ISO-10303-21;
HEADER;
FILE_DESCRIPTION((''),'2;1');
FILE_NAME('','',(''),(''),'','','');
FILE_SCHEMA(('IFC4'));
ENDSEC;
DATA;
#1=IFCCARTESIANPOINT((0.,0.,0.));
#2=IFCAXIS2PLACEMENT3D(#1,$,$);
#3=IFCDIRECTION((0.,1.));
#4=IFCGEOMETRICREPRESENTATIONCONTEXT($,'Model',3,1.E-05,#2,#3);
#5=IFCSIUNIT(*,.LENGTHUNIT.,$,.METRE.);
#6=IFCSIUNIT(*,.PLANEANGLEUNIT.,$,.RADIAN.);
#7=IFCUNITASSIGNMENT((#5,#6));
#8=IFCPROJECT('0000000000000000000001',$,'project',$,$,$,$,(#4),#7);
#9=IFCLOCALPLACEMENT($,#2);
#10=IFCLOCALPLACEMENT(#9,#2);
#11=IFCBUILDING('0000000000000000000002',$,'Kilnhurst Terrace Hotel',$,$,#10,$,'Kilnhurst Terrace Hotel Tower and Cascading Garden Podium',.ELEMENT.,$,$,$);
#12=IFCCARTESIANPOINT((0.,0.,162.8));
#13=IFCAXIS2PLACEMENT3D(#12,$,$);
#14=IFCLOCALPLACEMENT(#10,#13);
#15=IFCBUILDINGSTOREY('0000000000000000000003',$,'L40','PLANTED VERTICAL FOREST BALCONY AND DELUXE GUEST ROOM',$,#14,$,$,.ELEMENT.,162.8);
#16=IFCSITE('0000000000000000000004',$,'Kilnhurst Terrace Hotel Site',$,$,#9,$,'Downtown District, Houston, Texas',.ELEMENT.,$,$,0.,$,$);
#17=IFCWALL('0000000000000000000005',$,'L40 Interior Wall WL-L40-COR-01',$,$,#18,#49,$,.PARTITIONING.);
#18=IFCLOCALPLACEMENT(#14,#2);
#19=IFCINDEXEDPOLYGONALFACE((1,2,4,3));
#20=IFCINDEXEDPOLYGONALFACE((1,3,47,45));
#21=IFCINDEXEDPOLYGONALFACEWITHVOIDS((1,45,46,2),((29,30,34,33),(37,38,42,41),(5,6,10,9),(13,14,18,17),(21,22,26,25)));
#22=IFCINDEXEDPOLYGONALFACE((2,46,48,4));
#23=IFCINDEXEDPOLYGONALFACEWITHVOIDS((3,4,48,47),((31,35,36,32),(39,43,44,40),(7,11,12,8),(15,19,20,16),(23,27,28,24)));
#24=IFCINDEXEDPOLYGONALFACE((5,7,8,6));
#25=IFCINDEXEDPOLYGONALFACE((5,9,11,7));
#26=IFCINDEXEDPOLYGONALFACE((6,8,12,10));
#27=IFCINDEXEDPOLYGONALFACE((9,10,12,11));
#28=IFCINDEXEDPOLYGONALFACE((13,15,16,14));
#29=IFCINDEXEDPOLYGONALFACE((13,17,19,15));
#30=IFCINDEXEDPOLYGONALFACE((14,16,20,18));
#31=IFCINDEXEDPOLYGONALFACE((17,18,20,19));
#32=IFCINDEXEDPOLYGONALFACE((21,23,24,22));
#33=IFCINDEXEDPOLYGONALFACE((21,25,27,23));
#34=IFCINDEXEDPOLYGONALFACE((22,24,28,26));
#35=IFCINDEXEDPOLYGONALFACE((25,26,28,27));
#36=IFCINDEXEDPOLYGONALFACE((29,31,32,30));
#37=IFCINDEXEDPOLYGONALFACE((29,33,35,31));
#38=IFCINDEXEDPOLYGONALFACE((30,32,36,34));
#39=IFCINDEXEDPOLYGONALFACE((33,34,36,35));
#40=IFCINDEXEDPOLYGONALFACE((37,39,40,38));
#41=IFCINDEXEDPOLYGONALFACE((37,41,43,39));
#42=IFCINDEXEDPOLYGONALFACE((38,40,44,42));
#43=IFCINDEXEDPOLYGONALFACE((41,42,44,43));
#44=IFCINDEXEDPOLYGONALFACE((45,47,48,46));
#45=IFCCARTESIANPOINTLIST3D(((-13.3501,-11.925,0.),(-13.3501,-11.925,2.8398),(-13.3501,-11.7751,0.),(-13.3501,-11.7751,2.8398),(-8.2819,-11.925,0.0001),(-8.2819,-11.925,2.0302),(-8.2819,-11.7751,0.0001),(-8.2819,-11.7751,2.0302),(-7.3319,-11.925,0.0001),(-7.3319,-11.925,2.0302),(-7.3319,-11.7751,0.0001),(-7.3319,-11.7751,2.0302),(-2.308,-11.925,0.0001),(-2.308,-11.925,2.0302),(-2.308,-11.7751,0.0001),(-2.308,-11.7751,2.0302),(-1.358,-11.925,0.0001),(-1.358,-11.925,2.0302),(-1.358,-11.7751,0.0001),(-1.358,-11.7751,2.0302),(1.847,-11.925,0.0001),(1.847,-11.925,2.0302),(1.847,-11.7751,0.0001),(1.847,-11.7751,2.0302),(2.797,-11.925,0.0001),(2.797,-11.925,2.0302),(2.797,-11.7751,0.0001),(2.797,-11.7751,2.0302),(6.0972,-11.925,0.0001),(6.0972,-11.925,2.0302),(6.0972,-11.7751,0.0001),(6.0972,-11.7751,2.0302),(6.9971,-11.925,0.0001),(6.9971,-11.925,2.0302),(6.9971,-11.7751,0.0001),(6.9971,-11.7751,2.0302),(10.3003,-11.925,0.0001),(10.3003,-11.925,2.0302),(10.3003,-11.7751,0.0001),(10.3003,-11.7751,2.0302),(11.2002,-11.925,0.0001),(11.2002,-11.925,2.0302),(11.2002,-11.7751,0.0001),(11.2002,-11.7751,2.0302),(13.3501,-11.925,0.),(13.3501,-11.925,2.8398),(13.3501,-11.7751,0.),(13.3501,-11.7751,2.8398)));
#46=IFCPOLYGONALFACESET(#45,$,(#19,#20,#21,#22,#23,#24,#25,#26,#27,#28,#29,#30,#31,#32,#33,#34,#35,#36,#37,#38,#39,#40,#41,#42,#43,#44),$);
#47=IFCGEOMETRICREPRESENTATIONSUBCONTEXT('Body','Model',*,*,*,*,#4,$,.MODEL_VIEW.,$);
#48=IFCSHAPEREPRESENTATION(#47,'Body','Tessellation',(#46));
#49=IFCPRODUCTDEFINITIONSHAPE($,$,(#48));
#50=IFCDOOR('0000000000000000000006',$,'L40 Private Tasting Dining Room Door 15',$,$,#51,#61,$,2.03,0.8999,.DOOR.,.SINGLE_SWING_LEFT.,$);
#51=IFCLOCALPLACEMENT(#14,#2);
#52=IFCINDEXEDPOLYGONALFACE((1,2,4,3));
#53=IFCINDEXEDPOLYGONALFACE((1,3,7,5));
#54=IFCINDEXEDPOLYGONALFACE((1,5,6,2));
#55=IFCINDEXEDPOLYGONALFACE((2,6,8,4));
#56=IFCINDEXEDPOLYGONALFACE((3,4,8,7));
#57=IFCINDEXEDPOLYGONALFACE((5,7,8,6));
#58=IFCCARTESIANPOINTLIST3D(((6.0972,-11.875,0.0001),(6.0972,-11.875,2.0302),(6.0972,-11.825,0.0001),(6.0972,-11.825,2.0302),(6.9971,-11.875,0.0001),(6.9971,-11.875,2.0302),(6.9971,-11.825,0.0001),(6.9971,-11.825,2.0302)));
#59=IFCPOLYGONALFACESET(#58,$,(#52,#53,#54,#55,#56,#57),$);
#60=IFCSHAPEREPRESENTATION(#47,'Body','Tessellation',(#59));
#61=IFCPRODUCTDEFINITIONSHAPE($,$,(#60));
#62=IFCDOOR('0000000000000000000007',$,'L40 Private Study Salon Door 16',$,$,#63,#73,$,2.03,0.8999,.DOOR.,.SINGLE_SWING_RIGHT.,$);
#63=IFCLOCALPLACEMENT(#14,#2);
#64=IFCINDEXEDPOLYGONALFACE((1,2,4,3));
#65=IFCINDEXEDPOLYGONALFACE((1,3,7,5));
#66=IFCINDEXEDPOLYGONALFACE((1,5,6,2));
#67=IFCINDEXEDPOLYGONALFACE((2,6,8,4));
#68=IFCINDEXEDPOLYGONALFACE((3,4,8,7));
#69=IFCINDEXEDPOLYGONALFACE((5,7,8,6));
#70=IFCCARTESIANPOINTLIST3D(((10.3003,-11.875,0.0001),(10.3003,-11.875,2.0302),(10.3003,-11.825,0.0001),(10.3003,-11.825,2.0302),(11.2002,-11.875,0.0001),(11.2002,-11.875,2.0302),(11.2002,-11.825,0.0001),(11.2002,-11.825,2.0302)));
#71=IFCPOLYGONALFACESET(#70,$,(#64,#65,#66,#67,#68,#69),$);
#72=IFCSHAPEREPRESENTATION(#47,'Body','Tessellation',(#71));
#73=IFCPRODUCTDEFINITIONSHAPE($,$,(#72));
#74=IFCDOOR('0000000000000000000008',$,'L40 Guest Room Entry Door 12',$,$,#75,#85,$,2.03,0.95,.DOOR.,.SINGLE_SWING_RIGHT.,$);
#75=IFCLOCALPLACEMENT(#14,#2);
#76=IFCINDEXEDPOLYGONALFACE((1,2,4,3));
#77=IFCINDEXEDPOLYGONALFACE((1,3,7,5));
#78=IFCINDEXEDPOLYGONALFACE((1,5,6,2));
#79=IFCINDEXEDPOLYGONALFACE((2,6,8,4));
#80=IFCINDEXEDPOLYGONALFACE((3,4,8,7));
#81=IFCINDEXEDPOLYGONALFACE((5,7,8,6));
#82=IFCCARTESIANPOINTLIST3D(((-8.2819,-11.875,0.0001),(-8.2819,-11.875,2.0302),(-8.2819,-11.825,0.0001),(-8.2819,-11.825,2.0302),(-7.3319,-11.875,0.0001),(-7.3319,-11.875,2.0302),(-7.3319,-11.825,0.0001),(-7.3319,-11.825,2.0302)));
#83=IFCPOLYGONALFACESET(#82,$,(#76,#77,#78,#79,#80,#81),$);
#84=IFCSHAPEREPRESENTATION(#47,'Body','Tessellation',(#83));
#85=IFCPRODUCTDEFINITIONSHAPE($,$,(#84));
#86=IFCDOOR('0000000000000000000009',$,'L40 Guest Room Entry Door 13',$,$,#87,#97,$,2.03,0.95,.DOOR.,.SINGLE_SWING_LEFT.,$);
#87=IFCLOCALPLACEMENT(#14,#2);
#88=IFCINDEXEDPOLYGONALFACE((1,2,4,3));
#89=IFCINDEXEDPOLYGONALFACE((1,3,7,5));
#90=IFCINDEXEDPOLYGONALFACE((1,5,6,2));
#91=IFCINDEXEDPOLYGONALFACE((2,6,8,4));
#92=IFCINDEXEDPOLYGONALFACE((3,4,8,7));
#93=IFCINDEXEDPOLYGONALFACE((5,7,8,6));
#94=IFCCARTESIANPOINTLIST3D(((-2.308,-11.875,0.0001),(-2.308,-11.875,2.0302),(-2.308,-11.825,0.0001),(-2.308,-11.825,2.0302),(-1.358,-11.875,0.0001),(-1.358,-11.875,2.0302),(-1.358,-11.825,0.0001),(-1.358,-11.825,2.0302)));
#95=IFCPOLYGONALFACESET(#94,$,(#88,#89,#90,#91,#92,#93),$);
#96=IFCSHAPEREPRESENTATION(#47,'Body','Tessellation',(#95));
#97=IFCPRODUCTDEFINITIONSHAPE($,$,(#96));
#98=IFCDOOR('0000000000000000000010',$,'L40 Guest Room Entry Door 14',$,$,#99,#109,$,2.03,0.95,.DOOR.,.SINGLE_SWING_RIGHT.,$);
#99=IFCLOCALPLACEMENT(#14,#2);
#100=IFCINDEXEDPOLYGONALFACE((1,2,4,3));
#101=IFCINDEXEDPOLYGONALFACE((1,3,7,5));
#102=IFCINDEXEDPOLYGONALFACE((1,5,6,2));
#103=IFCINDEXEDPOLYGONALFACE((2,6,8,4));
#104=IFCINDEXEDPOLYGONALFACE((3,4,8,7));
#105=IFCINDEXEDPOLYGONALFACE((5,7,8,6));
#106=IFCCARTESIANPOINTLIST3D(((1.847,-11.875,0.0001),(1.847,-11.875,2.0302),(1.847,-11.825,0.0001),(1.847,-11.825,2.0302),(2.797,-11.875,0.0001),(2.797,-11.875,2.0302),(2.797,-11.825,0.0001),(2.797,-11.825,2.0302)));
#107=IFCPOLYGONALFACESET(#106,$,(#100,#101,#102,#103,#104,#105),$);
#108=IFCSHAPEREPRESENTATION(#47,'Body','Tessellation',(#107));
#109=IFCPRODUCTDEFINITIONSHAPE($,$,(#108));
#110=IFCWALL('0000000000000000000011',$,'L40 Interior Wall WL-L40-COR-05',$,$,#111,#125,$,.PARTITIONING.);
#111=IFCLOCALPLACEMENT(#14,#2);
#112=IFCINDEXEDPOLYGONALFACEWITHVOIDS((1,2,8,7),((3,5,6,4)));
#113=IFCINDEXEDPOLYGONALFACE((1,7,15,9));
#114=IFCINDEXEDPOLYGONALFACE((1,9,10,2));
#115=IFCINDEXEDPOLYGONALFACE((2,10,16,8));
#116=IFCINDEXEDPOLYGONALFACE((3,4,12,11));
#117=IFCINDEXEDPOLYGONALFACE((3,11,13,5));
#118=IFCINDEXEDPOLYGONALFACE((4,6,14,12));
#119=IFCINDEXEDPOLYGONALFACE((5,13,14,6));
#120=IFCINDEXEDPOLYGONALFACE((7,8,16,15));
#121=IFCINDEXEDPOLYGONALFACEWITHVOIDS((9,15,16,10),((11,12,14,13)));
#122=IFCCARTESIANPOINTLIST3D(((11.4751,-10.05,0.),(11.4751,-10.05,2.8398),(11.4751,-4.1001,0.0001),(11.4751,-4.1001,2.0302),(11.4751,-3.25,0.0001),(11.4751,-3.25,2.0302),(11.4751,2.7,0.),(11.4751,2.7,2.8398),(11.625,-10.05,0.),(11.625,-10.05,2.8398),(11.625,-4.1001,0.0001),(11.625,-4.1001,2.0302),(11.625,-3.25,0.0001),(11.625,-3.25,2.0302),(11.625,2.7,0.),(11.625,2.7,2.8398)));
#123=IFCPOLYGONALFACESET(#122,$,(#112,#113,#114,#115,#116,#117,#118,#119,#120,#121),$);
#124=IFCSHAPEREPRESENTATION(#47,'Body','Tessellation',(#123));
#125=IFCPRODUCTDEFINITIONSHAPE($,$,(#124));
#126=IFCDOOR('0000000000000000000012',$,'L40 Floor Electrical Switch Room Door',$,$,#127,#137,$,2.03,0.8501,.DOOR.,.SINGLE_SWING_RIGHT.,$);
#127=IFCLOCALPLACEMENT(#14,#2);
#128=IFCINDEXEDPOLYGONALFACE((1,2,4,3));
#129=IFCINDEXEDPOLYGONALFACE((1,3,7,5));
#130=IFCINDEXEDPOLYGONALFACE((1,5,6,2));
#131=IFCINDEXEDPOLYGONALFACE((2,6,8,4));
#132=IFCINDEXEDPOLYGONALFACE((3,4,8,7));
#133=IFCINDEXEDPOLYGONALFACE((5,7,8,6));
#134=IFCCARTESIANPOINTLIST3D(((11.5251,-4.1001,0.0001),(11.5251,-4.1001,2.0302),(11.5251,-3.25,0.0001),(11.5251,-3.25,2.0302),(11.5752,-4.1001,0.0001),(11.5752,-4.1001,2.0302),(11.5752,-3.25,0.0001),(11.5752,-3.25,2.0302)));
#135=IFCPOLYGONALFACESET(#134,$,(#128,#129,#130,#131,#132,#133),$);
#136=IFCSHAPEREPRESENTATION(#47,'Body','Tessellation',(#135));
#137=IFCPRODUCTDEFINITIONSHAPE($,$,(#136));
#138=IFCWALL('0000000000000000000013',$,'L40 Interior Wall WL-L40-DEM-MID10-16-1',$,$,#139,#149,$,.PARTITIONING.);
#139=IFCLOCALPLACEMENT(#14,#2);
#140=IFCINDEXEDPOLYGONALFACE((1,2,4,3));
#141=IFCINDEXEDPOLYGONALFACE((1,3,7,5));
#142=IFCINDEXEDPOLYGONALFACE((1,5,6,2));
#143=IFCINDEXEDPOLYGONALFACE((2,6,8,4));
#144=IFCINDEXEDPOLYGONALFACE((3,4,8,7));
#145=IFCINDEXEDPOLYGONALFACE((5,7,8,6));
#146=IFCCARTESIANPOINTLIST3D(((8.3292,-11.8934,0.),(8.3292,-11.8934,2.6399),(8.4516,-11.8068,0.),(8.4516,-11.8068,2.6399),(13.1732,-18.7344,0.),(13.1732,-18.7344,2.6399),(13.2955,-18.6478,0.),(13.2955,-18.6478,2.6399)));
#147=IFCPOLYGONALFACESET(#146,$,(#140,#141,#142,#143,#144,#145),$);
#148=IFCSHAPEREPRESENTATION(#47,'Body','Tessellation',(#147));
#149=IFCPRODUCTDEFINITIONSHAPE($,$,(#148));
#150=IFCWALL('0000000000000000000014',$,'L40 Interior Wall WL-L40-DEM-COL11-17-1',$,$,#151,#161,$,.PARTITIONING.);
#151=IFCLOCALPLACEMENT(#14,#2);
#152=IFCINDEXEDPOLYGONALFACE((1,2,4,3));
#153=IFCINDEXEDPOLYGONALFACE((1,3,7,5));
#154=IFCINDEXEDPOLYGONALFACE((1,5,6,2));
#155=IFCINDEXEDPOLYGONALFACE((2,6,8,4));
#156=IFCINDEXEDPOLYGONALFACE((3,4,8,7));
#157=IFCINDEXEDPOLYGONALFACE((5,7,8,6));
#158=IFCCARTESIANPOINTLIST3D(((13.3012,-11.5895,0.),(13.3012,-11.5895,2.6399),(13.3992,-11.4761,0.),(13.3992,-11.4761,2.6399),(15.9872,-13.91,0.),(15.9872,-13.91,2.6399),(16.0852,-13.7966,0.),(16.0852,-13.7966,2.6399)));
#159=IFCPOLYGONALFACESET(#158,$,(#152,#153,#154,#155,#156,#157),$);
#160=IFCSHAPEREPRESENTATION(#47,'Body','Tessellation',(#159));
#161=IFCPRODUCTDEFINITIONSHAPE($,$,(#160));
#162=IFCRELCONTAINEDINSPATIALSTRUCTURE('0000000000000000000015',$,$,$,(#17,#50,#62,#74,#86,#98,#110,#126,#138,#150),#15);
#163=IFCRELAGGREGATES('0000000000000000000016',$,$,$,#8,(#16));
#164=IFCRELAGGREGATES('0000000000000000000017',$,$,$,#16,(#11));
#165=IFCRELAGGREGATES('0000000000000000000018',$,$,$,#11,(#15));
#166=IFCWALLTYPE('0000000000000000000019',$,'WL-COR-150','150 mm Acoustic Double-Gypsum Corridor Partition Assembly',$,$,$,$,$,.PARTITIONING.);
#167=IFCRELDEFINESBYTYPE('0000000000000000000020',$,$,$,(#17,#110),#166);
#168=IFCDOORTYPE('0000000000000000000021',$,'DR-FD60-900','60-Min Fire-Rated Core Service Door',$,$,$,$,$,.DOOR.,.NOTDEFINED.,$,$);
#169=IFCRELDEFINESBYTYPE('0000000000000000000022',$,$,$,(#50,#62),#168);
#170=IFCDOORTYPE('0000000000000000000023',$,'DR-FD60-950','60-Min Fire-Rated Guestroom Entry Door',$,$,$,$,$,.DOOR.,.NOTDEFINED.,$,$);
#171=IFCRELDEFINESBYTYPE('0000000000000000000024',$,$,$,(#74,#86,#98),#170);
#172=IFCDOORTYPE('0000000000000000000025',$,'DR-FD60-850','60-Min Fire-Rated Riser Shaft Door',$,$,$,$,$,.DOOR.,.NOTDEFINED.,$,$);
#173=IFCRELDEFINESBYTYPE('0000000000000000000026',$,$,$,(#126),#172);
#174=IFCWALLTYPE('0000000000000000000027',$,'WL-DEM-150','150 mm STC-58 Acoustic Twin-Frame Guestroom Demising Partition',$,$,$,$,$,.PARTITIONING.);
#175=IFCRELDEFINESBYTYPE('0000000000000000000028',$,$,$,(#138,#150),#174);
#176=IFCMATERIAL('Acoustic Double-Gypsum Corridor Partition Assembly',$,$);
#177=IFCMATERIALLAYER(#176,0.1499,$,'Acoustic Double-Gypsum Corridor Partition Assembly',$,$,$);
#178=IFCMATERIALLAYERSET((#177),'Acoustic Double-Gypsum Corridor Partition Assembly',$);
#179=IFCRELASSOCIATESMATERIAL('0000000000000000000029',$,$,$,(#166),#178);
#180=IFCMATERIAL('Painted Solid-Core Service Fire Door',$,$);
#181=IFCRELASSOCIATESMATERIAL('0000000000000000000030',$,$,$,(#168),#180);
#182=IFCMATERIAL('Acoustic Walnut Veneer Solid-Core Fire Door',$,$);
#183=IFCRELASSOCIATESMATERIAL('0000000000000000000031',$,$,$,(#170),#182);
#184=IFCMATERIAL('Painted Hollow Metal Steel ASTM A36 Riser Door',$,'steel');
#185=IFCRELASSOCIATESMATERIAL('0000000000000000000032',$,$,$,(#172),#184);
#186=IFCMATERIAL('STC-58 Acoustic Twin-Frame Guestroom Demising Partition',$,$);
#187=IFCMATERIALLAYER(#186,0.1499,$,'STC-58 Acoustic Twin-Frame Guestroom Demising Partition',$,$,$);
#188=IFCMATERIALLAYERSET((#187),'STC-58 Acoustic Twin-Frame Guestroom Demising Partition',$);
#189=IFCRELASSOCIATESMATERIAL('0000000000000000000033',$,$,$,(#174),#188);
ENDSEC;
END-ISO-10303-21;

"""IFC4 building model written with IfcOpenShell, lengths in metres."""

from ifc_helpers import new_model, si_unit, direction, frame, frame_2d, origin, place, context, subcontext, project, spatial, rectangle, extrude, material, layer, layer_set, type_object, element, fill, save


model = new_model("IFC4")

# Units and contexts
model_context = context("Model", 3, precision=1e-05, world=origin(), true_north=direction((0.0, 1.0)))
body_context = subcontext(model_context, "Body", "Model", "MODEL_VIEW")
ifc_project = project(units=[si_unit("LENGTHUNIT", "METRE"), si_unit("PLANEANGLEUNIT", "RADIAN")], contexts=[model_context])

# Site, building, storey
site_placement = place(None, origin())
site = spatial("IfcSite", under=ifc_project, at=site_placement, Name="Kilnhurst Terrace Hotel Site", LongName="Downtown District, Houston, Texas", CompositionType="ELEMENT", RefElevation=0.0)
building_placement = place(site_placement, origin())
building = spatial("IfcBuilding", under=site, at=building_placement, Name="Kilnhurst Terrace Hotel", LongName="Kilnhurst Terrace Hotel Tower and Cascading Garden Podium", CompositionType="ELEMENT")
storey_placement = place(building_placement, frame((0.0, 0.0, 162.8)))
storey = spatial("IfcBuildingStorey", under=building, at=storey_placement, Name="L40", Description="PLANTED VERTICAL FOREST BALCONY AND DELUXE GUEST ROOM", CompositionType="ELEMENT", Elevation=162.8)

# Wall, openings, doors
ifc_material_1 = material(Name="Acoustic Double-Gypsum Corridor Partition Assembly")
ifc_layer_1 = layer(ifc_material_1, 0.1499, Name="Acoustic Double-Gypsum Corridor Partition Assembly")
ifc_layer_set_1 = layer_set([ifc_layer_1], Name="Acoustic Double-Gypsum Corridor Partition Assembly")
wall_type_1 = type_object("IfcWallType", Name="WL-COR-150", Description="150 mm Acoustic Double-Gypsum Corridor Partition Assembly", PredefinedType="PARTITIONING", material=ifc_layer_set_1)
wall_1_placement = place(storey_placement, frame((13.3501, -11.8501, 0.0), z_axis=(0.0, 0.0, 1.0), x_axis=(-1.0, 0.0, 0.0)))
wall_1 = element("IfcWall", 1, at=wall_1_placement, inside=storey, type_object=wall_type_1, Name="L40 Interior Wall WL-L40-COR-01", PredefinedType="PARTITIONING", context=body_context, shape_type="SweptSolid", body=[
    extrude(rectangle(XDim=26.7002, YDim=0.1499, at=frame_2d((13.3501, 0.0))), origin(), (0.0, 0.0, 1.0), 2.8398),
])
opening_1_placement = place(wall_1_placement, frame((20.6819, 0.0, 0.0)))
opening_1 = element("IfcOpeningElement", 2, at=opening_1_placement, cuts=wall_1, PredefinedType="OPENING", context=body_context, shape_type="SweptSolid", body=[
    extrude(rectangle(XDim=0.95, YDim=2.03, at=frame_2d((0.4751, 1.0151))), frame((0.0, 0.085, 0.0), z_axis=(0.0, -1.0, 0.0), x_axis=(1.0, 0.0, 0.0)), (0.0, 0.0, 1.0), 0.1699),
])
opening_2_placement = place(wall_1_placement, frame((14.708, 0.0, 0.0)))
opening_2 = element("IfcOpeningElement", 3, at=opening_2_placement, cuts=wall_1, PredefinedType="OPENING", context=body_context, shape_type="SweptSolid", body=[
    extrude(rectangle(XDim=0.95, YDim=2.03, at=frame_2d((0.4751, 1.0151))), frame((0.0, 0.085, 0.0), z_axis=(0.0, -1.0, 0.0), x_axis=(1.0, 0.0, 0.0)), (0.0, 0.0, 1.0), 0.1699),
])
opening_3_placement = place(wall_1_placement, frame((10.553, 0.0, 0.0)))
opening_3 = element("IfcOpeningElement", 4, at=opening_3_placement, cuts=wall_1, PredefinedType="OPENING", context=body_context, shape_type="SweptSolid", body=[
    extrude(rectangle(XDim=0.95, YDim=2.03, at=frame_2d((0.4751, 1.0151))), frame((0.0, 0.085, 0.0), z_axis=(0.0, -1.0, 0.0), x_axis=(1.0, 0.0, 0.0)), (0.0, 0.0, 1.0), 0.1699),
])
opening_4_placement = place(wall_1_placement, frame((6.353, 0.0, 0.0)))
opening_4 = element("IfcOpeningElement", 5, at=opening_4_placement, cuts=wall_1, PredefinedType="OPENING", context=body_context, shape_type="SweptSolid", body=[
    extrude(rectangle(XDim=0.8999, YDim=2.03, at=frame_2d((0.45, 1.0151))), frame((0.0, 0.085, 0.0), z_axis=(0.0, -1.0, 0.0), x_axis=(1.0, 0.0, 0.0)), (0.0, 0.0, 1.0), 0.1699),
])
opening_5_placement = place(wall_1_placement, frame((2.1499, 0.0, 0.0)))
opening_5 = element("IfcOpeningElement", 6, at=opening_5_placement, cuts=wall_1, PredefinedType="OPENING", context=body_context, shape_type="SweptSolid", body=[
    extrude(rectangle(XDim=0.8999, YDim=2.03, at=frame_2d((0.45, 1.0151))), frame((0.0, 0.085, 0.0), z_axis=(0.0, -1.0, 0.0), x_axis=(1.0, 0.0, 0.0)), (0.0, 0.0, 1.0), 0.1699),
])
ifc_material_2 = material(Name="Painted Solid-Core Service Fire Door")
door_type_1 = type_object("IfcDoorType", Name="DR-FD60-900", Description="60-Min Fire-Rated Core Service Door", OperationType="NOTDEFINED", PredefinedType="DOOR", material=ifc_material_2)
door_1_placement = place(opening_4_placement, origin())
door_1 = element("IfcDoor", 7, at=door_1_placement, inside=storey, type_object=door_type_1, Name="L40 Private Tasting Dining Room Door 15", OperationType="SINGLE_SWING_LEFT", OverallHeight=2.03, OverallWidth=0.8999, PredefinedType="DOOR", context=body_context, shape_type="SweptSolid", body=[
    extrude(rectangle(XDim=0.8999, YDim=2.03, at=frame_2d((0.45, 1.0151))), frame((0.0, 0.0249, 0.0), z_axis=(0.0, -1.0, 0.0), x_axis=(1.0, 0.0, 0.0)), (0.0, 0.0, 1.0), 0.05),
])
fill(opening_4, door_1)
door_2_placement = place(opening_5_placement, origin())
door_2 = element("IfcDoor", 8, at=door_2_placement, inside=storey, type_object=door_type_1, Name="L40 Private Study Salon Door 16", OperationType="SINGLE_SWING_RIGHT", OverallHeight=2.03, OverallWidth=0.8999, PredefinedType="DOOR", context=body_context, shape_type="SweptSolid", body=[
    extrude(rectangle(XDim=0.8999, YDim=2.03, at=frame_2d((0.45, 1.0151))), frame((0.0, 0.0249, 0.0), z_axis=(0.0, -1.0, 0.0), x_axis=(1.0, 0.0, 0.0)), (0.0, 0.0, 1.0), 0.05),
])
fill(opening_5, door_2)
ifc_material_3 = material(Name="Acoustic Walnut Veneer Solid-Core Fire Door")
door_type_2 = type_object("IfcDoorType", Name="DR-FD60-950", Description="60-Min Fire-Rated Guestroom Entry Door", OperationType="NOTDEFINED", PredefinedType="DOOR", material=ifc_material_3)
door_3_placement = place(opening_1_placement, origin())
door_3 = element("IfcDoor", 9, at=door_3_placement, inside=storey, type_object=door_type_2, Name="L40 Guest Room Entry Door 12", OperationType="SINGLE_SWING_RIGHT", OverallHeight=2.03, OverallWidth=0.95, PredefinedType="DOOR", context=body_context, shape_type="SweptSolid", body=[
    extrude(rectangle(XDim=0.95, YDim=2.03, at=frame_2d((0.4751, 1.0151))), frame((0.0, 0.0249, 0.0), z_axis=(0.0, -1.0, 0.0), x_axis=(1.0, 0.0, 0.0)), (0.0, 0.0, 1.0), 0.05),
])
fill(opening_1, door_3)
door_4_placement = place(opening_2_placement, origin())
door_4 = element("IfcDoor", 10, at=door_4_placement, inside=storey, type_object=door_type_2, Name="L40 Guest Room Entry Door 13", OperationType="SINGLE_SWING_LEFT", OverallHeight=2.03, OverallWidth=0.95, PredefinedType="DOOR", context=body_context, shape_type="SweptSolid", body=[
    extrude(rectangle(XDim=0.95, YDim=2.03, at=frame_2d((0.4751, 1.0151))), frame((0.0, 0.0249, 0.0), z_axis=(0.0, -1.0, 0.0), x_axis=(1.0, 0.0, 0.0)), (0.0, 0.0, 1.0), 0.05),
])
fill(opening_2, door_4)
door_5_placement = place(opening_3_placement, origin())
door_5 = element("IfcDoor", 11, at=door_5_placement, inside=storey, type_object=door_type_2, Name="L40 Guest Room Entry Door 14", OperationType="SINGLE_SWING_RIGHT", OverallHeight=2.03, OverallWidth=0.95, PredefinedType="DOOR", context=body_context, shape_type="SweptSolid", body=[
    extrude(rectangle(XDim=0.95, YDim=2.03, at=frame_2d((0.4751, 1.0151))), frame((0.0, 0.0249, 0.0), z_axis=(0.0, -1.0, 0.0), x_axis=(1.0, 0.0, 0.0)), (0.0, 0.0, 1.0), 0.05),
])
fill(opening_3, door_5)

# Wall, opening, door
wall_2_placement = place(storey_placement, frame((11.55, -10.05, 0.0), z_axis=(0.0, 0.0, 1.0), x_axis=(0.0, 1.0, 0.0)))
wall_2 = element("IfcWall", 12, at=wall_2_placement, inside=storey, type_object=wall_type_1, Name="L40 Interior Wall WL-L40-COR-05", PredefinedType="PARTITIONING", context=body_context, shape_type="SweptSolid", body=[
    extrude(rectangle(XDim=12.75, YDim=0.1499, at=frame_2d((6.375, 0.0))), origin(), (0.0, 0.0, 1.0), 2.8398),
])
opening_6_placement = place(wall_2_placement, frame((5.95, 0.0, 0.0)))
opening_6 = element("IfcOpeningElement", 13, at=opening_6_placement, cuts=wall_2, PredefinedType="OPENING", context=body_context, shape_type="SweptSolid", body=[
    extrude(rectangle(XDim=0.8501, YDim=2.03, at=frame_2d((0.425, 1.0151))), frame((0.0, 0.085, 0.0), z_axis=(0.0, -1.0, 0.0), x_axis=(1.0, 0.0, 0.0)), (0.0, 0.0, 1.0), 0.1699),
])
ifc_material_4 = material(Name="Painted Hollow Metal Steel ASTM A36 Riser Door", Category="steel")
door_type_3 = type_object("IfcDoorType", Name="DR-FD60-850", Description="60-Min Fire-Rated Riser Shaft Door", OperationType="NOTDEFINED", PredefinedType="DOOR", material=ifc_material_4)
door_6_placement = place(opening_6_placement, origin())
door_6 = element("IfcDoor", 14, at=door_6_placement, inside=storey, type_object=door_type_3, Name="L40 Floor Electrical Switch Room Door", OperationType="SINGLE_SWING_RIGHT", OverallHeight=2.03, OverallWidth=0.8501, PredefinedType="DOOR", context=body_context, shape_type="SweptSolid", body=[
    extrude(rectangle(XDim=0.8501, YDim=2.03, at=frame_2d((0.425, 1.0151))), frame((0.0, 0.0249, 0.0), z_axis=(0.0, -1.0, 0.0), x_axis=(1.0, 0.0, 0.0)), (0.0, 0.0, 1.0), 0.05),
])
fill(opening_6, door_6)

# Walls
ifc_material_5 = material(Name="STC-58 Acoustic Twin-Frame Guestroom Demising Partition")
ifc_layer_2 = layer(ifc_material_5, 0.1499, Name="STC-58 Acoustic Twin-Frame Guestroom Demising Partition")
ifc_layer_set_2 = layer_set([ifc_layer_2], Name="STC-58 Acoustic Twin-Frame Guestroom Demising Partition")
wall_type_2 = type_object("IfcWallType", Name="WL-DEM-150", Description="150 mm STC-58 Acoustic Twin-Frame Guestroom Demising Partition", PredefinedType="PARTITIONING", material=ifc_layer_set_2)
wall_3_placement = place(storey_placement, frame((8.3904, -11.8501, 0.0), z_axis=(0.0, 0.0, 1.0), x_axis=(0.577878, -0.816123, 0.0)))
element("IfcWall", 15, at=wall_3_placement, inside=storey, type_object=wall_type_2, Name="L40 Interior Wall WL-L40-DEM-MID10-16-1", PredefinedType="PARTITIONING", context=body_context, shape_type="SweptSolid", body=[
    extrude(rectangle(XDim=8.3823, YDim=0.1499, at=frame_2d((4.1912, 0.0))), origin(), (0.0, 0.0, 1.0), 2.6399),
])
wall_4_placement = place(storey_placement, frame((13.3501, -11.5327, 0.0), z_axis=(0.0, 0.0, 1.0), x_axis=(0.756712, -0.653749, 0.0)))
element("IfcWall", 16, at=wall_4_placement, inside=storey, type_object=wall_type_2, Name="L40 Interior Wall WL-L40-DEM-COL11-17-1", PredefinedType="PARTITIONING", context=body_context, shape_type="SweptSolid", body=[
    extrude(rectangle(XDim=3.5496, YDim=0.1499, at=frame_2d((1.7749, 0.0))), origin(), (0.0, 0.0, 1.0), 2.6399),
])

save(model, "model.ifc")
